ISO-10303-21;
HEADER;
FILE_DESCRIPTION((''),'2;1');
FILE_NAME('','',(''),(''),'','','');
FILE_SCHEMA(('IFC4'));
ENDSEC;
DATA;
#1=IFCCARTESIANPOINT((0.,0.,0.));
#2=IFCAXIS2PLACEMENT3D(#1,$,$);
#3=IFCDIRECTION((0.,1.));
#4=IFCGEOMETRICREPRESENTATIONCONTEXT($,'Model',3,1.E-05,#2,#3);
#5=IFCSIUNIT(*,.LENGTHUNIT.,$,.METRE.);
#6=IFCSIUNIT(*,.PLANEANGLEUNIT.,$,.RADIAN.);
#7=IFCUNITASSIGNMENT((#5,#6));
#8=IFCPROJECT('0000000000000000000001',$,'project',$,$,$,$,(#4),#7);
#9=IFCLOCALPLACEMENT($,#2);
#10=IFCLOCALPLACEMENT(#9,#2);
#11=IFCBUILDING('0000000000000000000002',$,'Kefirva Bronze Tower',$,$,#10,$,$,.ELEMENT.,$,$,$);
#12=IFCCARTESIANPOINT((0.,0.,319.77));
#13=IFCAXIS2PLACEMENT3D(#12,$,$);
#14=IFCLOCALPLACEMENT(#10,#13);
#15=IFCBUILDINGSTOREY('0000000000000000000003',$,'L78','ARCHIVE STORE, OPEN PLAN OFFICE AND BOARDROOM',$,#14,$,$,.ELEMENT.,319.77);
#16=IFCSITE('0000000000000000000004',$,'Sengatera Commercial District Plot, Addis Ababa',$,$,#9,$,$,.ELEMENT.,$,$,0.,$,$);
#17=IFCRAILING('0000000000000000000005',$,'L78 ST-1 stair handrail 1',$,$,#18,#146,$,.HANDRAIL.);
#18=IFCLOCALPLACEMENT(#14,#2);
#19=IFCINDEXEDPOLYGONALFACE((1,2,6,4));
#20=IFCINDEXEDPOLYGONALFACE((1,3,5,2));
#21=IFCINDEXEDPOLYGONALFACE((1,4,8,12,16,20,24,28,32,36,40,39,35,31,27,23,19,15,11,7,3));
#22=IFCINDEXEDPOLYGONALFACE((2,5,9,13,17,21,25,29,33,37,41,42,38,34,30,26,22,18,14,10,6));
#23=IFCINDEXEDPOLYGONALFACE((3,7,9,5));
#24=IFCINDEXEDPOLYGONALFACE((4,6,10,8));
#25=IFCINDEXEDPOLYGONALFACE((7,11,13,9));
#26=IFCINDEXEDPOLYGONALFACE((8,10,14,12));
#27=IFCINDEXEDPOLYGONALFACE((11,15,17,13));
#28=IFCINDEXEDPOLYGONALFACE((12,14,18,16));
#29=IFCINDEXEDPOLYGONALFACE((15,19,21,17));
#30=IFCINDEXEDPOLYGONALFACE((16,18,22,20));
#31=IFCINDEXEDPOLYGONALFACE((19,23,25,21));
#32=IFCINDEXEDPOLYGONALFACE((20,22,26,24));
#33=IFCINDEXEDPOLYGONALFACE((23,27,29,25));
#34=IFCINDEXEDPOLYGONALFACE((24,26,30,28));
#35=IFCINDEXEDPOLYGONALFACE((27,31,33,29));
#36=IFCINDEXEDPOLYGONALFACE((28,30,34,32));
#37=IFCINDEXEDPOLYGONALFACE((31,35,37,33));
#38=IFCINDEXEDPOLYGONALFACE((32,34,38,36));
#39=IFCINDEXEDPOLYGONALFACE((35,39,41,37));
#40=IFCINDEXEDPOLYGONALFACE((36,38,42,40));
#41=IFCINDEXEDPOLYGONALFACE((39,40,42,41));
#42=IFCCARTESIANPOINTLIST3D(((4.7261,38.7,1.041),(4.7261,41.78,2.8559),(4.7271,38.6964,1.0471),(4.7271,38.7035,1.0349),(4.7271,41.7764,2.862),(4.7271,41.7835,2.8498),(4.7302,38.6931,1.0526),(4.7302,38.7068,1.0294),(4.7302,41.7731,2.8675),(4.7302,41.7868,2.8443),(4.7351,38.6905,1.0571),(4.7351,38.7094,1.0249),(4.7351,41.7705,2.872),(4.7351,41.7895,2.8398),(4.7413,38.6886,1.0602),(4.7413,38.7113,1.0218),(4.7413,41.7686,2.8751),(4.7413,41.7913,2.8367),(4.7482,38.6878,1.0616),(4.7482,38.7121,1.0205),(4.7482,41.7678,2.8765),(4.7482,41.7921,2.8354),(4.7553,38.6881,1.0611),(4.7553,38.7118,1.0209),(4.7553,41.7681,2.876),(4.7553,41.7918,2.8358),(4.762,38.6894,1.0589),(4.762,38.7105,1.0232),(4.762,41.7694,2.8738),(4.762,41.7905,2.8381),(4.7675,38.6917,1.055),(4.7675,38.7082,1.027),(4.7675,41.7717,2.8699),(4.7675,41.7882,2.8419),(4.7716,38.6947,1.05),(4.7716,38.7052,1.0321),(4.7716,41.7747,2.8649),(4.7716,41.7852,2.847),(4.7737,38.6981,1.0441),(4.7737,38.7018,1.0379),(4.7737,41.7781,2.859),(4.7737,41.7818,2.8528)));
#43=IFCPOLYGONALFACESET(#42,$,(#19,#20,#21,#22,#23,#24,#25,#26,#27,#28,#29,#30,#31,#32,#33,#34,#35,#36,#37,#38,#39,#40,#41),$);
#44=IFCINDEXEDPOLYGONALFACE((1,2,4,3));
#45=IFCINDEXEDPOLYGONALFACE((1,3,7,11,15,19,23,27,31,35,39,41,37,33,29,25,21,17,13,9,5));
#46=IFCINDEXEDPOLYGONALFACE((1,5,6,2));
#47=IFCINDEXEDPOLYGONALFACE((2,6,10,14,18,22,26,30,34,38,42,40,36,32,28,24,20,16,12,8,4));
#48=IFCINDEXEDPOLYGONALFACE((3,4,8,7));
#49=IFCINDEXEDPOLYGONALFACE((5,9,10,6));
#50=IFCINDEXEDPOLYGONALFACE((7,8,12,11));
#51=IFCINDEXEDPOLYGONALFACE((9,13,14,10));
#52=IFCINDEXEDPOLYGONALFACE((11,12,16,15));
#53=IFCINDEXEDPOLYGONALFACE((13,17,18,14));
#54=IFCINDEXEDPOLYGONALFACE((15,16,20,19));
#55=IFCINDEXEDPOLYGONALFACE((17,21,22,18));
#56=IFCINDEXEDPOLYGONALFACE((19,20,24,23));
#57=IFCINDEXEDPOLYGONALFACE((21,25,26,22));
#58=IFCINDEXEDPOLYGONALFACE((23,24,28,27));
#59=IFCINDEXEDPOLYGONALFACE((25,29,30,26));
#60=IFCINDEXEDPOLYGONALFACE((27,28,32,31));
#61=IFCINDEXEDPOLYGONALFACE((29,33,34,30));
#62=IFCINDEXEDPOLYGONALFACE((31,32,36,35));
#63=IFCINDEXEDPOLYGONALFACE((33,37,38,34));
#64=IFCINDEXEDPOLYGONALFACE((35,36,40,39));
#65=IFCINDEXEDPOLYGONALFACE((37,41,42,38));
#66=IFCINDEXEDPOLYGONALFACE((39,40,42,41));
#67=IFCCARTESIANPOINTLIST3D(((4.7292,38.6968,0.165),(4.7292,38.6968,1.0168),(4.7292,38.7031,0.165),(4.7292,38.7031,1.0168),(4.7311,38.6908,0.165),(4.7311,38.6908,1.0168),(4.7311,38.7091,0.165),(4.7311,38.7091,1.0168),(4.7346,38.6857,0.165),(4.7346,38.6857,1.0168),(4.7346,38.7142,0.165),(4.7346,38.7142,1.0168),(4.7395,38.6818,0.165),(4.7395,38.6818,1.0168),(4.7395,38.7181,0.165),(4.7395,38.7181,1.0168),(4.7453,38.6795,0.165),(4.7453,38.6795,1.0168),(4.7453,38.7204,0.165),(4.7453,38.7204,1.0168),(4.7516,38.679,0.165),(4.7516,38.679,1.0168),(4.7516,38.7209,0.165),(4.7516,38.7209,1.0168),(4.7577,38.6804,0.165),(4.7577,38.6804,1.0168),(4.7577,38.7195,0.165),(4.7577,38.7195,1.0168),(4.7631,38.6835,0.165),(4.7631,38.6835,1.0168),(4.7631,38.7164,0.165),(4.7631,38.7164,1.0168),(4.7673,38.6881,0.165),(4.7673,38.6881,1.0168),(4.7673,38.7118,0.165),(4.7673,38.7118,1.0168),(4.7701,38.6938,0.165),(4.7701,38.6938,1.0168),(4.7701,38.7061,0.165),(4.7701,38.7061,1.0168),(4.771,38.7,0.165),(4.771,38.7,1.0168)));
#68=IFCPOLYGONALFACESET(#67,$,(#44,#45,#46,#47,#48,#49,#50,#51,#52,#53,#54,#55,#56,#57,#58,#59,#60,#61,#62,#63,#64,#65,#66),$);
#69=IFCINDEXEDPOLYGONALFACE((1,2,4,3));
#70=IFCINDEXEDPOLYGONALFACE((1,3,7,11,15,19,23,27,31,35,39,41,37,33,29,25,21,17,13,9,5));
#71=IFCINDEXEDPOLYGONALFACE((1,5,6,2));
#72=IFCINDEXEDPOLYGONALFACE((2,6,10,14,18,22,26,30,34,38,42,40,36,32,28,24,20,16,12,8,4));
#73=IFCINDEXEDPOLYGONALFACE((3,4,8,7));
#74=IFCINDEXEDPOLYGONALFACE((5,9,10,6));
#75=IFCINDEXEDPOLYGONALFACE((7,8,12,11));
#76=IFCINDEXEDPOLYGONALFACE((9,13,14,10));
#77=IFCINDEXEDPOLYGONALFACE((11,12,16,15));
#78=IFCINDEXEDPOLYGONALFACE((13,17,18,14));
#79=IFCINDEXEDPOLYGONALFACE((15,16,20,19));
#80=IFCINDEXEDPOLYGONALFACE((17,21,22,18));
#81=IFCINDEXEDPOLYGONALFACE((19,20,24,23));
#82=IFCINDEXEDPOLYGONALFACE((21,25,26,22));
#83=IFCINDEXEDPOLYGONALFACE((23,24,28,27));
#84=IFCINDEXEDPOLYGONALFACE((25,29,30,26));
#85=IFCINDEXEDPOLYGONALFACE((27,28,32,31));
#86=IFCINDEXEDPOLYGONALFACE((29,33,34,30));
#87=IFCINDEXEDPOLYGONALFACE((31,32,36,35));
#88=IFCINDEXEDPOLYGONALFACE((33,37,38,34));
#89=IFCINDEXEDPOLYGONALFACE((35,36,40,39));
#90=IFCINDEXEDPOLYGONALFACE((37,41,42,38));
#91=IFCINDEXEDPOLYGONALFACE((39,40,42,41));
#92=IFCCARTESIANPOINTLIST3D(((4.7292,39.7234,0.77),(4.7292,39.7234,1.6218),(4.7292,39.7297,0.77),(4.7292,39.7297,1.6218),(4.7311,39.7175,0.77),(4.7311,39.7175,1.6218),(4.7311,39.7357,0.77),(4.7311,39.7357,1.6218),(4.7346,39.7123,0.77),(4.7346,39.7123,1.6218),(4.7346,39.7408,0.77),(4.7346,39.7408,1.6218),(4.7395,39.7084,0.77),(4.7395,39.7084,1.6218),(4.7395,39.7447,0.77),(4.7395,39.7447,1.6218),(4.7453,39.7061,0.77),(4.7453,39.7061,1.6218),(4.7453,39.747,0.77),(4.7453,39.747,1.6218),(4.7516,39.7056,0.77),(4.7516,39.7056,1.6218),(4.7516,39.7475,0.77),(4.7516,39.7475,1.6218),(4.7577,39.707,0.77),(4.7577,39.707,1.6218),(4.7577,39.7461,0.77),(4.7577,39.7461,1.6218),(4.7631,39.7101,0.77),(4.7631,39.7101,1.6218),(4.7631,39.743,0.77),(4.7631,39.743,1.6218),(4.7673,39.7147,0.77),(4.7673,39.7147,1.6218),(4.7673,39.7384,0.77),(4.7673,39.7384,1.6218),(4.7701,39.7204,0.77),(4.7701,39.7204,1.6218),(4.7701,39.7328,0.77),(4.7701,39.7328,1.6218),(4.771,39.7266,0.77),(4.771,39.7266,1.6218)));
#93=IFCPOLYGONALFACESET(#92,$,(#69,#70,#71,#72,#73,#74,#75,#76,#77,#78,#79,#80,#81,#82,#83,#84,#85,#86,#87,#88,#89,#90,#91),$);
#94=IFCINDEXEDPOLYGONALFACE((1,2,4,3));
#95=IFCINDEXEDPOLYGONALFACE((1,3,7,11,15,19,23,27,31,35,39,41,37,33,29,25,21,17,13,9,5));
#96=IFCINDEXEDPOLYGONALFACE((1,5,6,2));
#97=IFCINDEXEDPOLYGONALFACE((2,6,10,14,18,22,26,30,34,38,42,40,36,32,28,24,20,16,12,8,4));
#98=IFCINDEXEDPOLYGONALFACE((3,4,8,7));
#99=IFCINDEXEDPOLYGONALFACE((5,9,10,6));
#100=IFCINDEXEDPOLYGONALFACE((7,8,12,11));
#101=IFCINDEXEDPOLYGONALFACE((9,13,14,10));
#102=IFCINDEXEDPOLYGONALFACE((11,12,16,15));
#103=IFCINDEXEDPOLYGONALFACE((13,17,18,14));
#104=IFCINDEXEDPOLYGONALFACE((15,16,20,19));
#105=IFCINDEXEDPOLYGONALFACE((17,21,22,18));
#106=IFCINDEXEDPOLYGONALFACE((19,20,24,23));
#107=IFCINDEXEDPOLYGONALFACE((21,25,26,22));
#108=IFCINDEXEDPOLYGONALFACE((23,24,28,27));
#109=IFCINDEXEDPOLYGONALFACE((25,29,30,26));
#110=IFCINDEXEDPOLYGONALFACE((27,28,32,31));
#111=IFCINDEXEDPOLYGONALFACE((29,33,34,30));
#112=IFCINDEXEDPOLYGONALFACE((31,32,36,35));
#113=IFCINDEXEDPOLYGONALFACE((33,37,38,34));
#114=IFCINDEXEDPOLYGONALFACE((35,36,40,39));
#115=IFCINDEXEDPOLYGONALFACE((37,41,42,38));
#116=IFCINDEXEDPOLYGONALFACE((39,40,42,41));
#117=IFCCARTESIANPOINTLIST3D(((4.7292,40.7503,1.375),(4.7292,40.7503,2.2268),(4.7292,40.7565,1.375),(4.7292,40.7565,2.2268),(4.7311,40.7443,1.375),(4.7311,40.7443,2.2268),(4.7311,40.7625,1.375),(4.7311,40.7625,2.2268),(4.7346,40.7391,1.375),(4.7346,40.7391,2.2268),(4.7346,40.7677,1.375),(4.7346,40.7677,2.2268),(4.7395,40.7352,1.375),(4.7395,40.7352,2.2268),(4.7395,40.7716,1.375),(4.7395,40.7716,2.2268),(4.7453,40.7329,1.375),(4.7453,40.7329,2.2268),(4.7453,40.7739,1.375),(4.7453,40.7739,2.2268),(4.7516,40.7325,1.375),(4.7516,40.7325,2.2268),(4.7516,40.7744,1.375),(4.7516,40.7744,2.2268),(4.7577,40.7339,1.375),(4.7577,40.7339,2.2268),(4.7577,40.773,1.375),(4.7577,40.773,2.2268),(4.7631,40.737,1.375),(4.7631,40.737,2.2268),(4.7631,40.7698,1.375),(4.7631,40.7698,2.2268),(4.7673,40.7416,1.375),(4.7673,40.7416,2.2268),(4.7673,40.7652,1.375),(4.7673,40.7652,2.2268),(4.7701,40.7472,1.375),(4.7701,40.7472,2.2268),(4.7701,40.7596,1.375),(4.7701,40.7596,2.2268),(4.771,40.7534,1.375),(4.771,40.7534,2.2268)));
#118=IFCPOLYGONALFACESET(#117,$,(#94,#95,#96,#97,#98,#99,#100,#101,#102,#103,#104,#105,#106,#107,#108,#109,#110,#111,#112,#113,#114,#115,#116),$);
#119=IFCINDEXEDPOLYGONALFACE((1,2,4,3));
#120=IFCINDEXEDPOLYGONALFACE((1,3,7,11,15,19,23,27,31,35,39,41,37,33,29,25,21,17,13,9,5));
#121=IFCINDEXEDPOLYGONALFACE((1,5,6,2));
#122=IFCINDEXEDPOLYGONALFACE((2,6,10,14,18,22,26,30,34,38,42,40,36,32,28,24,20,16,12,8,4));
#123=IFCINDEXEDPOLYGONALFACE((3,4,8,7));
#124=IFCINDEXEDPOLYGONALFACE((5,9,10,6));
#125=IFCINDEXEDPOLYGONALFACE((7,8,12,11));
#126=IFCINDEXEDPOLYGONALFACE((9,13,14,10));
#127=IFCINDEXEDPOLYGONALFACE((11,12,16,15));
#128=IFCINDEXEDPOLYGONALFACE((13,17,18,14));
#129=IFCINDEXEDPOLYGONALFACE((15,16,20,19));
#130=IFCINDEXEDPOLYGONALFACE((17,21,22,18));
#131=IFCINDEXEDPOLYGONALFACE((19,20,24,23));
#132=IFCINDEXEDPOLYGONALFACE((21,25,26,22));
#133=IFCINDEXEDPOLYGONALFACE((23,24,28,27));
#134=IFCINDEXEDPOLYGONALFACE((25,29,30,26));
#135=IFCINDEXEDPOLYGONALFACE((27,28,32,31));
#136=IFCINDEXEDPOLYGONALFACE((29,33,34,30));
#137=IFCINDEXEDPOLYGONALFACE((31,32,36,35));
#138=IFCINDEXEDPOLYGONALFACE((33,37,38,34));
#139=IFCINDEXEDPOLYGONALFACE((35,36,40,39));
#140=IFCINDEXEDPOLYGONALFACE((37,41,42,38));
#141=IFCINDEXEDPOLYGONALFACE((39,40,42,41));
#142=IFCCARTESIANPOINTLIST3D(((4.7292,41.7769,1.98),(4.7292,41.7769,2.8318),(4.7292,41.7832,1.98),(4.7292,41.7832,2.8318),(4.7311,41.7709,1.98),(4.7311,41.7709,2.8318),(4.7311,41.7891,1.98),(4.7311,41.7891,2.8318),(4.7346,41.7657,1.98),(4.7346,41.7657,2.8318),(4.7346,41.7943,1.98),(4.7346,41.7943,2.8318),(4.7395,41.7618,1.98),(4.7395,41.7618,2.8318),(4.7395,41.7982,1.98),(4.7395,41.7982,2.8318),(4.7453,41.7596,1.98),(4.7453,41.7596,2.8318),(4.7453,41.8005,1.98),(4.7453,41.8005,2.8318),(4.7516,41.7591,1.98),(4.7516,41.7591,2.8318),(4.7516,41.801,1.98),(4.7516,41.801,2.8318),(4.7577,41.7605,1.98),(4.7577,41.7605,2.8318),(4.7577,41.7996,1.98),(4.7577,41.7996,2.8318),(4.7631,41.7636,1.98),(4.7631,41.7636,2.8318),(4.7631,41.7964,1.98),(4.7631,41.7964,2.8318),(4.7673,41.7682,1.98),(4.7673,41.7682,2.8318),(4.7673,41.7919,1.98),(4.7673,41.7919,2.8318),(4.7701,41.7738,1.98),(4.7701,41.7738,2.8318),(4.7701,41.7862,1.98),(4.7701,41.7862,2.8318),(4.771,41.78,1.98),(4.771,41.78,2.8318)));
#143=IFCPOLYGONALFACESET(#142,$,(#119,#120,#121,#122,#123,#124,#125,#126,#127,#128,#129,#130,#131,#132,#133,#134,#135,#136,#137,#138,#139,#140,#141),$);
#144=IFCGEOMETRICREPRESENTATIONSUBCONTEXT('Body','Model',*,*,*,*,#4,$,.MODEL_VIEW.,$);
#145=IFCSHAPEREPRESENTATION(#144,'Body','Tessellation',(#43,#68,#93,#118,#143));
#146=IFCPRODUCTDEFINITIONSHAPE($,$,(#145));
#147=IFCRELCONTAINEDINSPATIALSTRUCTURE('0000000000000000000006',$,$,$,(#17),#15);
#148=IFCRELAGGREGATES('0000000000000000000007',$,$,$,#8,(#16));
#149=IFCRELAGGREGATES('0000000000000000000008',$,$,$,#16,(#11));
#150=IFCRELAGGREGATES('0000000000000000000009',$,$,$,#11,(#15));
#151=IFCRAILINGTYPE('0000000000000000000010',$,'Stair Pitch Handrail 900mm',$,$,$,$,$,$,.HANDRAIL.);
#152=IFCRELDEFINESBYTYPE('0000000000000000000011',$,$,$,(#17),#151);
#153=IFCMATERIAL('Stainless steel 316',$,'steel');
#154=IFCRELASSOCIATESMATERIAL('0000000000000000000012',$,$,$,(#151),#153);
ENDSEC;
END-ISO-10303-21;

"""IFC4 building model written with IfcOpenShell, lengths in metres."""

from ifc_helpers import new_model, si_unit, direction, frame, origin, origin_2d, place, context, subcontext, project, spatial, circle, extrude, material, type_object, element, save


model = new_model("IFC4")

# Units and contexts
model_context = context("Model", 3, precision=1e-05, world=origin(), true_north=direction((0.0, 1.0)))
body_context = subcontext(model_context, "Body", "Model", "MODEL_VIEW")
ifc_project = project(units=[si_unit("LENGTHUNIT", "METRE"), si_unit("PLANEANGLEUNIT", "RADIAN")], contexts=[model_context])

# Site, building, storey
site_placement = place(None, origin())
site = spatial("IfcSite", under=ifc_project, at=site_placement, Name="Sengatera Commercial District Plot, Addis Ababa", CompositionType="ELEMENT", RefElevation=0.0)
building_placement = place(site_placement, origin())
building = spatial("IfcBuilding", under=site, at=building_placement, Name="Kefirva Bronze Tower", CompositionType="ELEMENT")
storey_placement = place(building_placement, frame((0.0, 0.0, 319.77)))
storey = spatial("IfcBuildingStorey", under=building, at=storey_placement, Name="L78", Description="ARCHIVE STORE, OPEN PLAN OFFICE AND BOARDROOM", CompositionType="ELEMENT", Elevation=319.77)

# Railing
ifc_material_1 = material(Name="Stainless steel 316", Category="steel")
railing_type_1 = type_object("IfcRailingType", Name="Stair Pitch Handrail 900mm", PredefinedType="HANDRAIL", material=ifc_material_1)
railing_1_placement = place(storey_placement, frame((4.75, 38.7, 0.165)))
element("IfcRailing", 1, at=railing_1_placement, inside=storey, type_object=railing_type_1, Name="L78 ST-1 stair handrail 1", PredefinedType="HANDRAIL", context=body_context, shape_type="SweptSolid", body=[
    extrude(circle(Radius=0.0239, at=origin_2d()), frame((0.0, 0.0, 0.876), z_axis=(0.0, 0.861551, 0.507671), x_axis=(-1.0, 0.0, 0.0)), (0.0, 0.0, 1.0), 3.575),
    extrude(circle(Radius=0.021, at=origin_2d()), origin(), (0.0, 0.0, 1.0), 0.8518),
    extrude(circle(Radius=0.021, at=origin_2d()), frame((0.0, 1.0266, 0.605)), (0.0, 0.0, 1.0), 0.8518),
    extrude(circle(Radius=0.021, at=origin_2d()), frame((0.0, 2.0535, 1.21)), (0.0, 0.0, 1.0), 0.8518),
    extrude(circle(Radius=0.021, at=origin_2d()), frame((0.0, 3.0801, 1.8149)), (0.0, 0.0, 1.0), 0.8518),
])

save(model, "model.ifc")
